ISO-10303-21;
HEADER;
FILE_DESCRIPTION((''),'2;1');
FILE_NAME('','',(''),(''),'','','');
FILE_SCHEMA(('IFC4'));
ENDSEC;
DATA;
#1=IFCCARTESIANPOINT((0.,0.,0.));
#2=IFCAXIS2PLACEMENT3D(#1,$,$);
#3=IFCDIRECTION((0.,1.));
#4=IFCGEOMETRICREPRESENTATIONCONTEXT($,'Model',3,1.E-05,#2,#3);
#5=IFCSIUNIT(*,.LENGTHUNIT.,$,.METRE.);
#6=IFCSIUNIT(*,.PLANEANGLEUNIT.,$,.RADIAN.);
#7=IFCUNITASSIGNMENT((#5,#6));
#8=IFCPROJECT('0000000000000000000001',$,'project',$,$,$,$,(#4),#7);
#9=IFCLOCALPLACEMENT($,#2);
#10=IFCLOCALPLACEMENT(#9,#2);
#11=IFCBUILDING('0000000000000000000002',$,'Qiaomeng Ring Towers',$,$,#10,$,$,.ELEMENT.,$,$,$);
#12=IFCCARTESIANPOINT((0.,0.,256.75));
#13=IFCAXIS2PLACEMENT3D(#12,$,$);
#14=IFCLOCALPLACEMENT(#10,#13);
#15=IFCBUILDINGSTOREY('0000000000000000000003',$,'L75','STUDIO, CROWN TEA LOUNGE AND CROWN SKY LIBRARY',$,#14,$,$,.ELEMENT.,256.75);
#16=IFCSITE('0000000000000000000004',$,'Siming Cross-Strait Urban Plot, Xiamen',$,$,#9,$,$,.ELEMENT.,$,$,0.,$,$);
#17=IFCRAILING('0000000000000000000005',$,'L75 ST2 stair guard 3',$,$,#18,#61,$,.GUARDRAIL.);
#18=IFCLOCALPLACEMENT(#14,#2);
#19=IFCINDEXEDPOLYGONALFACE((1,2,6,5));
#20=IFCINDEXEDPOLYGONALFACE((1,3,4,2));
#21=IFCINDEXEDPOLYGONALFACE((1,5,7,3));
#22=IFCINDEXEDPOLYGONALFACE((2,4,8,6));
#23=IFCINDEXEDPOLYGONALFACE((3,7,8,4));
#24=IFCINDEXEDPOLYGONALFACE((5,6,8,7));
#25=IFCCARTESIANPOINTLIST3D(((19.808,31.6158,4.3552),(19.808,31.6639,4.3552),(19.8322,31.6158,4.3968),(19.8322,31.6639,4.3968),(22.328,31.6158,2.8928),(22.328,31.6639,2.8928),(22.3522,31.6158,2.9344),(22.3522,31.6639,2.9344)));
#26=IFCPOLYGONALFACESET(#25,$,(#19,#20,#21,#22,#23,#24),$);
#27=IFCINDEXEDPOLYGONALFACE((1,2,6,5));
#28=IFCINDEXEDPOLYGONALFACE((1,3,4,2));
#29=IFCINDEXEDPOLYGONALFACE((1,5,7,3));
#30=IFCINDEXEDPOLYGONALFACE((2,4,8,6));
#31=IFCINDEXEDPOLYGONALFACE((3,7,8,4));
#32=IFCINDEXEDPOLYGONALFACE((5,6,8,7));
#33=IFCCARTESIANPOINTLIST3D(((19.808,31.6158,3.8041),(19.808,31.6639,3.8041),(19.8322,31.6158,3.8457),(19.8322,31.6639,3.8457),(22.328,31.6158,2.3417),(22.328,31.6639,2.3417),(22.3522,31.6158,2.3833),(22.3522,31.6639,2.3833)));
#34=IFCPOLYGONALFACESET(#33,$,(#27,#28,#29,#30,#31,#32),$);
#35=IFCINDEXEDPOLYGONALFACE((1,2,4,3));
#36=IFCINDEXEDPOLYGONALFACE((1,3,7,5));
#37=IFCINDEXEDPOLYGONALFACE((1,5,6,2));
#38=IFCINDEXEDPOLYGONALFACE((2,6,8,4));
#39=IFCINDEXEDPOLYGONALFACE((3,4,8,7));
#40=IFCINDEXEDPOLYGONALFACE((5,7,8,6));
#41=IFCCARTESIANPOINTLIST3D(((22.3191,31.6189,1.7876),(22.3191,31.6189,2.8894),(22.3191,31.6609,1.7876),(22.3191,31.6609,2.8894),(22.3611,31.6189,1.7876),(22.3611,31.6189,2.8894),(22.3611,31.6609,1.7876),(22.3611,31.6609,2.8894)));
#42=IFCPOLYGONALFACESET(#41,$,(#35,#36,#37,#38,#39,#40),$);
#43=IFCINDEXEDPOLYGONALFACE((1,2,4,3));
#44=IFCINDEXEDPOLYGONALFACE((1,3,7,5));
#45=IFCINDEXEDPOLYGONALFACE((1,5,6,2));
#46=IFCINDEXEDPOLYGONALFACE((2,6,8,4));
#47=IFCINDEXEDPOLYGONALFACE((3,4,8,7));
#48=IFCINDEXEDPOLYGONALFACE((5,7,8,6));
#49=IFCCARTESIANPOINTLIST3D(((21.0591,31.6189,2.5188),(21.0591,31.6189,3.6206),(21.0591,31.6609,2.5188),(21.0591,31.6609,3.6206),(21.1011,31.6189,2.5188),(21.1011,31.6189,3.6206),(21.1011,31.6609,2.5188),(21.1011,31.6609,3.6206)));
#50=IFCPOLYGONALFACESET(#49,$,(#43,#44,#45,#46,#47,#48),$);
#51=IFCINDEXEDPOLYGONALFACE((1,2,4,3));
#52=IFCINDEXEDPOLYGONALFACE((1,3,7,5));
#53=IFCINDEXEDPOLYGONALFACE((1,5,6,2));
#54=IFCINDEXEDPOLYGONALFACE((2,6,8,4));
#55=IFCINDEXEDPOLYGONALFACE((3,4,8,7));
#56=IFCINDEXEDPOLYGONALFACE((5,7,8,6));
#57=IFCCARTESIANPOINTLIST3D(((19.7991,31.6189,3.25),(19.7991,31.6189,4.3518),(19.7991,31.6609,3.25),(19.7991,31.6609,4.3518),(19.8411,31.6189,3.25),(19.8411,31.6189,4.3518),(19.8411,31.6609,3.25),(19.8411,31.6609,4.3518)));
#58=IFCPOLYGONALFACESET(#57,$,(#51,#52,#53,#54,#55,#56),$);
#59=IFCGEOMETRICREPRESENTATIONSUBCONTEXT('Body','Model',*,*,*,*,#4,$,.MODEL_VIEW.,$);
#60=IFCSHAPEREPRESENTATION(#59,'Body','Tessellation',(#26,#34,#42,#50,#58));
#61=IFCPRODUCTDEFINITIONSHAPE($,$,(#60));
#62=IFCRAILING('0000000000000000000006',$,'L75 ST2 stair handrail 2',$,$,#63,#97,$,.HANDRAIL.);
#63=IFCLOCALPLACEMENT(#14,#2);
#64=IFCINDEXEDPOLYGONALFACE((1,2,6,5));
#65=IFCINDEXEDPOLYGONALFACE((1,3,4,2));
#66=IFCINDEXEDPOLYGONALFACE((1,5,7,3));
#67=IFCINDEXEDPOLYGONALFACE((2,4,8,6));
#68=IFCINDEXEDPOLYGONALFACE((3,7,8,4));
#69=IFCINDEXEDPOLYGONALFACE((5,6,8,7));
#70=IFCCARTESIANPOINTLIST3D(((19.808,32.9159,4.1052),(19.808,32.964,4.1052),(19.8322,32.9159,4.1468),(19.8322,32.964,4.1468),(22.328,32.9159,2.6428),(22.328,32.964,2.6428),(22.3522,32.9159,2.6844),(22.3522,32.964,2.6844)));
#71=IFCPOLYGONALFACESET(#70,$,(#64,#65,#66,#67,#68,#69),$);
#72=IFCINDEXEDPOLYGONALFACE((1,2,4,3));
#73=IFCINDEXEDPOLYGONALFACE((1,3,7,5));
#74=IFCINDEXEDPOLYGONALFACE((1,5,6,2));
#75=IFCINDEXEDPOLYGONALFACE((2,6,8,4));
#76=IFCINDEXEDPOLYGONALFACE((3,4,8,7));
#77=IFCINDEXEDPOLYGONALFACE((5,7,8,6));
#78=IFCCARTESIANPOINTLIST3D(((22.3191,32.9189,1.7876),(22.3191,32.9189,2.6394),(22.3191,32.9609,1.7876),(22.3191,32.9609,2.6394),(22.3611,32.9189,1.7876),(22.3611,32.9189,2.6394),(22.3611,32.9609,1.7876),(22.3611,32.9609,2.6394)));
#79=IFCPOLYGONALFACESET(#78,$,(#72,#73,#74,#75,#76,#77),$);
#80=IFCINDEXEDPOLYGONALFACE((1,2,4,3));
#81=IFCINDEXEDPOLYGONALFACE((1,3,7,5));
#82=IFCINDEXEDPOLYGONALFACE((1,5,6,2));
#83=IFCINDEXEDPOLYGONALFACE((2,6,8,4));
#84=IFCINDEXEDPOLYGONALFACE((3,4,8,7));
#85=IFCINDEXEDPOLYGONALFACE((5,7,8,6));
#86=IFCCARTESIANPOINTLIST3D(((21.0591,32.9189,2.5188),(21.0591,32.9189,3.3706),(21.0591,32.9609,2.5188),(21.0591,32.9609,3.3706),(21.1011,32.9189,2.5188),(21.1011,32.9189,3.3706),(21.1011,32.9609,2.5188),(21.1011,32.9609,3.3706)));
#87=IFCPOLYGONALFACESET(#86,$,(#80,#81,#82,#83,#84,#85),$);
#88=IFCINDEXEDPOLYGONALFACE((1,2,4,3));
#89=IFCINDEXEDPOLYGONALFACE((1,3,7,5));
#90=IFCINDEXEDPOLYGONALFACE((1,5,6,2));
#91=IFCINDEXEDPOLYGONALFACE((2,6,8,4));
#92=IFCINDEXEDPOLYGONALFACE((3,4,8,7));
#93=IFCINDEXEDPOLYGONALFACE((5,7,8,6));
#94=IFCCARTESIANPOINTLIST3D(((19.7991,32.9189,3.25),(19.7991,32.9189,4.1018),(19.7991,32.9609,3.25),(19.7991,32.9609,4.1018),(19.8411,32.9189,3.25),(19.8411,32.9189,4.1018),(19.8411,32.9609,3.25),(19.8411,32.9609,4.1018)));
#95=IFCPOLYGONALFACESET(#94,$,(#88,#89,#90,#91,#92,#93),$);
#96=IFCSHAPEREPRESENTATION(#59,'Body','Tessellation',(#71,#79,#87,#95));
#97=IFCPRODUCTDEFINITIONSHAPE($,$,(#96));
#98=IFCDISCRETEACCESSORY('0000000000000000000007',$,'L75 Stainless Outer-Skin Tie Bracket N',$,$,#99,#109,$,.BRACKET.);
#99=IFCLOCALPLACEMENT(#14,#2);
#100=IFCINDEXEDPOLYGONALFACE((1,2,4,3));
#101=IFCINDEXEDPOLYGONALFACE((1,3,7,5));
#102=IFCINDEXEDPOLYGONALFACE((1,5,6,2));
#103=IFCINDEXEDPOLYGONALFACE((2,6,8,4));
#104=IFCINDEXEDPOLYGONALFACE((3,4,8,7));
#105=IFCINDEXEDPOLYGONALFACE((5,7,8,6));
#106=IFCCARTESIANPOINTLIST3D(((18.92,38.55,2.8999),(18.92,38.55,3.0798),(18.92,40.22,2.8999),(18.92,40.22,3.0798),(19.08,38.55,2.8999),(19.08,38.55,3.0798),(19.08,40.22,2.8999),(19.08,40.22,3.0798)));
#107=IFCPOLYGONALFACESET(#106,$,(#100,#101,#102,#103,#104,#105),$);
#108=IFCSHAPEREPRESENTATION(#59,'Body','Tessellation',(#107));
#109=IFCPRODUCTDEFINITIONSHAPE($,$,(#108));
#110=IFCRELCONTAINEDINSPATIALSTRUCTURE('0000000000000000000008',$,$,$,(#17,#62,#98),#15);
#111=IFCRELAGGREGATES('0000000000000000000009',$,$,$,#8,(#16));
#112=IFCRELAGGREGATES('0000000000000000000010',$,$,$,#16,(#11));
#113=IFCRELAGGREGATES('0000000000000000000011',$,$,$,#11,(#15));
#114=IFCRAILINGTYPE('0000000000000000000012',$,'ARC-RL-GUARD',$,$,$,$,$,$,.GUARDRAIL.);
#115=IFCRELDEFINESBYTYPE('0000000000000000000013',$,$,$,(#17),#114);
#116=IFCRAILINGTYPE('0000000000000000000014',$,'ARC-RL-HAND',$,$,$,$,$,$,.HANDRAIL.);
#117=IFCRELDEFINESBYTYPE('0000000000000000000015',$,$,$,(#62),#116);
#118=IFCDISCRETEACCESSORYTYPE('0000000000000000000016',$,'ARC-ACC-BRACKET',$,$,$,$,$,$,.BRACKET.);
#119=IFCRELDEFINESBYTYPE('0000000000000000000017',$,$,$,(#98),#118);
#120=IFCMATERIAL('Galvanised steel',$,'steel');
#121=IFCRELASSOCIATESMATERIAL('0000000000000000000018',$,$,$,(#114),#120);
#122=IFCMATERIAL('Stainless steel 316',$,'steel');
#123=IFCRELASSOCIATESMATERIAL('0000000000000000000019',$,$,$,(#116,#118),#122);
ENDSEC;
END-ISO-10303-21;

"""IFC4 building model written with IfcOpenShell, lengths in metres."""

from ifc_helpers import new_model, si_unit, direction, frame, origin, origin_2d, place, context, subcontext, project, spatial, rectangle, extrude, source, transform, mapped, material, type_object, element, save


model = new_model("IFC4")

# Units and contexts
model_context = context("Model", 3, precision=1e-05, world=origin(), true_north=direction((0.0, 1.0)))
body_context = subcontext(model_context, "Body", "Model", "MODEL_VIEW")
ifc_project = project(units=[si_unit("LENGTHUNIT", "METRE"), si_unit("PLANEANGLEUNIT", "RADIAN")], contexts=[model_context])

# Site, building, storey
site_placement = place(None, origin())
site = spatial("IfcSite", under=ifc_project, at=site_placement, Name="Siming Cross-Strait Urban Plot, Xiamen", CompositionType="ELEMENT", RefElevation=0.0)
building_placement = place(site_placement, origin())
building = spatial("IfcBuilding", under=site, at=building_placement, Name="Qiaomeng Ring Towers", CompositionType="ELEMENT")
storey_placement = place(building_placement, frame((0.0, 0.0, 256.75)))
storey = spatial("IfcBuildingStorey", under=building, at=storey_placement, Name="L75", Description="STUDIO, CROWN TEA LOUNGE AND CROWN SKY LIBRARY", CompositionType="ELEMENT", Elevation=256.75)

# Shared definitions
ifc_material_1 = material(Name="Galvanised steel", Category="steel")

# Railings
railing_type_1 = type_object("IfcRailingType", Name="ARC-RL-GUARD", PredefinedType="GUARDRAIL", material=ifc_material_1)
railing_1_placement = place(storey_placement, frame((22.3401, 31.6399, 1.7876)))
element("IfcRailing", 1, at=railing_1_placement, inside=storey, type_object=railing_type_1, Name="L75 ST2 stair guard 3", PredefinedType="GUARDRAIL", context=body_context, shape_type="SweptSolid", body=[
    extrude(rectangle(XDim=0.0481, YDim=0.0481, at=origin_2d()), frame((0.0, 0.0, 1.126), z_axis=(-0.864913, 0.0, 0.501921), x_axis=(0.0, -1.0, 0.0)), (0.0, 0.0, 1.0), 2.9136),
    extrude(rectangle(XDim=0.0481, YDim=0.0481, at=origin_2d()), frame((0.0, 0.0, 0.575), z_axis=(-0.864913, 0.0, 0.501921), x_axis=(0.0, -1.0, 0.0)), (0.0, 0.0, 1.0), 2.9136),
    extrude(rectangle(XDim=0.042, YDim=0.042, at=origin_2d()), origin(), (0.0, 0.0, 1.0), 1.1018),
    extrude(rectangle(XDim=0.042, YDim=0.042, at=origin_2d()), frame((-1.26, 0.0, 0.7312)), (0.0, 0.0, 1.0), 1.1018),
    extrude(rectangle(XDim=0.042, YDim=0.042, at=origin_2d()), frame((-2.52, 0.0, 1.4624)), (0.0, 0.0, 1.0), 1.1018),
])
ifc_material_2 = material(Name="Stainless steel 316", Category="steel")
railing_type_2 = type_object("IfcRailingType", Name="ARC-RL-HAND", PredefinedType="HANDRAIL", material=ifc_material_2)
railing_2_placement = place(storey_placement, frame((22.3401, 32.9399, 1.7876)))
element("IfcRailing", 2, at=railing_2_placement, inside=storey, type_object=railing_type_2, Name="L75 ST2 stair handrail 2", PredefinedType="HANDRAIL", context=body_context, shape_type="SweptSolid", body=[
    extrude(rectangle(XDim=0.0481, YDim=0.0481, at=origin_2d()), frame((0.0, 0.0, 0.876), z_axis=(-0.864913, 0.0, 0.501921), x_axis=(0.0, -1.0, 0.0)), (0.0, 0.0, 1.0), 2.9136),
    extrude(rectangle(XDim=0.042, YDim=0.042, at=origin_2d()), origin(), (0.0, 0.0, 1.0), 0.8518),
    extrude(rectangle(XDim=0.042, YDim=0.042, at=origin_2d()), frame((-1.26, 0.0, 0.7312)), (0.0, 0.0, 1.0), 0.8518),
    extrude(rectangle(XDim=0.042, YDim=0.042, at=origin_2d()), frame((-2.52, 0.0, 1.4624)), (0.0, 0.0, 1.0), 0.8518),
])

# Discrete accessory
discrete_accessory_type = type_object("IfcDiscreteAccessoryType", Name="ARC-ACC-BRACKET", PredefinedType="BRACKET", material=ifc_material_2)
shared_shape_1 = source(origin(), body_context, "Body", "SweptSolid", [
    extrude(rectangle(XDim=0.1599, YDim=1.6699, at=origin_2d()), origin(), (0.0, 0.0, 1.0), 0.1799),
])
discrete_accessory_placement = place(storey_placement, frame((19.0, 39.385, 2.8999), z_axis=(0.0, 0.0, 1.0), x_axis=(1.0, 0.0, 0.0)))
element("IfcDiscreteAccessory", 3, at=discrete_accessory_placement, inside=storey, type_object=discrete_accessory_type, Name="L75 Stainless Outer-Skin Tie Bracket N", PredefinedType="BRACKET", context=body_context, shape_type="MappedRepresentation", body=[
    mapped(shared_shape_1, transform((0.0, 0.0, 0.0), x_axis=(1.0, 0.0, 0.0), y_axis=(0.0, 1.0, 0.0), z_axis=(0.0, 0.0, 1.0), scale=1.0)),
])

save(model, "model.ifc")
